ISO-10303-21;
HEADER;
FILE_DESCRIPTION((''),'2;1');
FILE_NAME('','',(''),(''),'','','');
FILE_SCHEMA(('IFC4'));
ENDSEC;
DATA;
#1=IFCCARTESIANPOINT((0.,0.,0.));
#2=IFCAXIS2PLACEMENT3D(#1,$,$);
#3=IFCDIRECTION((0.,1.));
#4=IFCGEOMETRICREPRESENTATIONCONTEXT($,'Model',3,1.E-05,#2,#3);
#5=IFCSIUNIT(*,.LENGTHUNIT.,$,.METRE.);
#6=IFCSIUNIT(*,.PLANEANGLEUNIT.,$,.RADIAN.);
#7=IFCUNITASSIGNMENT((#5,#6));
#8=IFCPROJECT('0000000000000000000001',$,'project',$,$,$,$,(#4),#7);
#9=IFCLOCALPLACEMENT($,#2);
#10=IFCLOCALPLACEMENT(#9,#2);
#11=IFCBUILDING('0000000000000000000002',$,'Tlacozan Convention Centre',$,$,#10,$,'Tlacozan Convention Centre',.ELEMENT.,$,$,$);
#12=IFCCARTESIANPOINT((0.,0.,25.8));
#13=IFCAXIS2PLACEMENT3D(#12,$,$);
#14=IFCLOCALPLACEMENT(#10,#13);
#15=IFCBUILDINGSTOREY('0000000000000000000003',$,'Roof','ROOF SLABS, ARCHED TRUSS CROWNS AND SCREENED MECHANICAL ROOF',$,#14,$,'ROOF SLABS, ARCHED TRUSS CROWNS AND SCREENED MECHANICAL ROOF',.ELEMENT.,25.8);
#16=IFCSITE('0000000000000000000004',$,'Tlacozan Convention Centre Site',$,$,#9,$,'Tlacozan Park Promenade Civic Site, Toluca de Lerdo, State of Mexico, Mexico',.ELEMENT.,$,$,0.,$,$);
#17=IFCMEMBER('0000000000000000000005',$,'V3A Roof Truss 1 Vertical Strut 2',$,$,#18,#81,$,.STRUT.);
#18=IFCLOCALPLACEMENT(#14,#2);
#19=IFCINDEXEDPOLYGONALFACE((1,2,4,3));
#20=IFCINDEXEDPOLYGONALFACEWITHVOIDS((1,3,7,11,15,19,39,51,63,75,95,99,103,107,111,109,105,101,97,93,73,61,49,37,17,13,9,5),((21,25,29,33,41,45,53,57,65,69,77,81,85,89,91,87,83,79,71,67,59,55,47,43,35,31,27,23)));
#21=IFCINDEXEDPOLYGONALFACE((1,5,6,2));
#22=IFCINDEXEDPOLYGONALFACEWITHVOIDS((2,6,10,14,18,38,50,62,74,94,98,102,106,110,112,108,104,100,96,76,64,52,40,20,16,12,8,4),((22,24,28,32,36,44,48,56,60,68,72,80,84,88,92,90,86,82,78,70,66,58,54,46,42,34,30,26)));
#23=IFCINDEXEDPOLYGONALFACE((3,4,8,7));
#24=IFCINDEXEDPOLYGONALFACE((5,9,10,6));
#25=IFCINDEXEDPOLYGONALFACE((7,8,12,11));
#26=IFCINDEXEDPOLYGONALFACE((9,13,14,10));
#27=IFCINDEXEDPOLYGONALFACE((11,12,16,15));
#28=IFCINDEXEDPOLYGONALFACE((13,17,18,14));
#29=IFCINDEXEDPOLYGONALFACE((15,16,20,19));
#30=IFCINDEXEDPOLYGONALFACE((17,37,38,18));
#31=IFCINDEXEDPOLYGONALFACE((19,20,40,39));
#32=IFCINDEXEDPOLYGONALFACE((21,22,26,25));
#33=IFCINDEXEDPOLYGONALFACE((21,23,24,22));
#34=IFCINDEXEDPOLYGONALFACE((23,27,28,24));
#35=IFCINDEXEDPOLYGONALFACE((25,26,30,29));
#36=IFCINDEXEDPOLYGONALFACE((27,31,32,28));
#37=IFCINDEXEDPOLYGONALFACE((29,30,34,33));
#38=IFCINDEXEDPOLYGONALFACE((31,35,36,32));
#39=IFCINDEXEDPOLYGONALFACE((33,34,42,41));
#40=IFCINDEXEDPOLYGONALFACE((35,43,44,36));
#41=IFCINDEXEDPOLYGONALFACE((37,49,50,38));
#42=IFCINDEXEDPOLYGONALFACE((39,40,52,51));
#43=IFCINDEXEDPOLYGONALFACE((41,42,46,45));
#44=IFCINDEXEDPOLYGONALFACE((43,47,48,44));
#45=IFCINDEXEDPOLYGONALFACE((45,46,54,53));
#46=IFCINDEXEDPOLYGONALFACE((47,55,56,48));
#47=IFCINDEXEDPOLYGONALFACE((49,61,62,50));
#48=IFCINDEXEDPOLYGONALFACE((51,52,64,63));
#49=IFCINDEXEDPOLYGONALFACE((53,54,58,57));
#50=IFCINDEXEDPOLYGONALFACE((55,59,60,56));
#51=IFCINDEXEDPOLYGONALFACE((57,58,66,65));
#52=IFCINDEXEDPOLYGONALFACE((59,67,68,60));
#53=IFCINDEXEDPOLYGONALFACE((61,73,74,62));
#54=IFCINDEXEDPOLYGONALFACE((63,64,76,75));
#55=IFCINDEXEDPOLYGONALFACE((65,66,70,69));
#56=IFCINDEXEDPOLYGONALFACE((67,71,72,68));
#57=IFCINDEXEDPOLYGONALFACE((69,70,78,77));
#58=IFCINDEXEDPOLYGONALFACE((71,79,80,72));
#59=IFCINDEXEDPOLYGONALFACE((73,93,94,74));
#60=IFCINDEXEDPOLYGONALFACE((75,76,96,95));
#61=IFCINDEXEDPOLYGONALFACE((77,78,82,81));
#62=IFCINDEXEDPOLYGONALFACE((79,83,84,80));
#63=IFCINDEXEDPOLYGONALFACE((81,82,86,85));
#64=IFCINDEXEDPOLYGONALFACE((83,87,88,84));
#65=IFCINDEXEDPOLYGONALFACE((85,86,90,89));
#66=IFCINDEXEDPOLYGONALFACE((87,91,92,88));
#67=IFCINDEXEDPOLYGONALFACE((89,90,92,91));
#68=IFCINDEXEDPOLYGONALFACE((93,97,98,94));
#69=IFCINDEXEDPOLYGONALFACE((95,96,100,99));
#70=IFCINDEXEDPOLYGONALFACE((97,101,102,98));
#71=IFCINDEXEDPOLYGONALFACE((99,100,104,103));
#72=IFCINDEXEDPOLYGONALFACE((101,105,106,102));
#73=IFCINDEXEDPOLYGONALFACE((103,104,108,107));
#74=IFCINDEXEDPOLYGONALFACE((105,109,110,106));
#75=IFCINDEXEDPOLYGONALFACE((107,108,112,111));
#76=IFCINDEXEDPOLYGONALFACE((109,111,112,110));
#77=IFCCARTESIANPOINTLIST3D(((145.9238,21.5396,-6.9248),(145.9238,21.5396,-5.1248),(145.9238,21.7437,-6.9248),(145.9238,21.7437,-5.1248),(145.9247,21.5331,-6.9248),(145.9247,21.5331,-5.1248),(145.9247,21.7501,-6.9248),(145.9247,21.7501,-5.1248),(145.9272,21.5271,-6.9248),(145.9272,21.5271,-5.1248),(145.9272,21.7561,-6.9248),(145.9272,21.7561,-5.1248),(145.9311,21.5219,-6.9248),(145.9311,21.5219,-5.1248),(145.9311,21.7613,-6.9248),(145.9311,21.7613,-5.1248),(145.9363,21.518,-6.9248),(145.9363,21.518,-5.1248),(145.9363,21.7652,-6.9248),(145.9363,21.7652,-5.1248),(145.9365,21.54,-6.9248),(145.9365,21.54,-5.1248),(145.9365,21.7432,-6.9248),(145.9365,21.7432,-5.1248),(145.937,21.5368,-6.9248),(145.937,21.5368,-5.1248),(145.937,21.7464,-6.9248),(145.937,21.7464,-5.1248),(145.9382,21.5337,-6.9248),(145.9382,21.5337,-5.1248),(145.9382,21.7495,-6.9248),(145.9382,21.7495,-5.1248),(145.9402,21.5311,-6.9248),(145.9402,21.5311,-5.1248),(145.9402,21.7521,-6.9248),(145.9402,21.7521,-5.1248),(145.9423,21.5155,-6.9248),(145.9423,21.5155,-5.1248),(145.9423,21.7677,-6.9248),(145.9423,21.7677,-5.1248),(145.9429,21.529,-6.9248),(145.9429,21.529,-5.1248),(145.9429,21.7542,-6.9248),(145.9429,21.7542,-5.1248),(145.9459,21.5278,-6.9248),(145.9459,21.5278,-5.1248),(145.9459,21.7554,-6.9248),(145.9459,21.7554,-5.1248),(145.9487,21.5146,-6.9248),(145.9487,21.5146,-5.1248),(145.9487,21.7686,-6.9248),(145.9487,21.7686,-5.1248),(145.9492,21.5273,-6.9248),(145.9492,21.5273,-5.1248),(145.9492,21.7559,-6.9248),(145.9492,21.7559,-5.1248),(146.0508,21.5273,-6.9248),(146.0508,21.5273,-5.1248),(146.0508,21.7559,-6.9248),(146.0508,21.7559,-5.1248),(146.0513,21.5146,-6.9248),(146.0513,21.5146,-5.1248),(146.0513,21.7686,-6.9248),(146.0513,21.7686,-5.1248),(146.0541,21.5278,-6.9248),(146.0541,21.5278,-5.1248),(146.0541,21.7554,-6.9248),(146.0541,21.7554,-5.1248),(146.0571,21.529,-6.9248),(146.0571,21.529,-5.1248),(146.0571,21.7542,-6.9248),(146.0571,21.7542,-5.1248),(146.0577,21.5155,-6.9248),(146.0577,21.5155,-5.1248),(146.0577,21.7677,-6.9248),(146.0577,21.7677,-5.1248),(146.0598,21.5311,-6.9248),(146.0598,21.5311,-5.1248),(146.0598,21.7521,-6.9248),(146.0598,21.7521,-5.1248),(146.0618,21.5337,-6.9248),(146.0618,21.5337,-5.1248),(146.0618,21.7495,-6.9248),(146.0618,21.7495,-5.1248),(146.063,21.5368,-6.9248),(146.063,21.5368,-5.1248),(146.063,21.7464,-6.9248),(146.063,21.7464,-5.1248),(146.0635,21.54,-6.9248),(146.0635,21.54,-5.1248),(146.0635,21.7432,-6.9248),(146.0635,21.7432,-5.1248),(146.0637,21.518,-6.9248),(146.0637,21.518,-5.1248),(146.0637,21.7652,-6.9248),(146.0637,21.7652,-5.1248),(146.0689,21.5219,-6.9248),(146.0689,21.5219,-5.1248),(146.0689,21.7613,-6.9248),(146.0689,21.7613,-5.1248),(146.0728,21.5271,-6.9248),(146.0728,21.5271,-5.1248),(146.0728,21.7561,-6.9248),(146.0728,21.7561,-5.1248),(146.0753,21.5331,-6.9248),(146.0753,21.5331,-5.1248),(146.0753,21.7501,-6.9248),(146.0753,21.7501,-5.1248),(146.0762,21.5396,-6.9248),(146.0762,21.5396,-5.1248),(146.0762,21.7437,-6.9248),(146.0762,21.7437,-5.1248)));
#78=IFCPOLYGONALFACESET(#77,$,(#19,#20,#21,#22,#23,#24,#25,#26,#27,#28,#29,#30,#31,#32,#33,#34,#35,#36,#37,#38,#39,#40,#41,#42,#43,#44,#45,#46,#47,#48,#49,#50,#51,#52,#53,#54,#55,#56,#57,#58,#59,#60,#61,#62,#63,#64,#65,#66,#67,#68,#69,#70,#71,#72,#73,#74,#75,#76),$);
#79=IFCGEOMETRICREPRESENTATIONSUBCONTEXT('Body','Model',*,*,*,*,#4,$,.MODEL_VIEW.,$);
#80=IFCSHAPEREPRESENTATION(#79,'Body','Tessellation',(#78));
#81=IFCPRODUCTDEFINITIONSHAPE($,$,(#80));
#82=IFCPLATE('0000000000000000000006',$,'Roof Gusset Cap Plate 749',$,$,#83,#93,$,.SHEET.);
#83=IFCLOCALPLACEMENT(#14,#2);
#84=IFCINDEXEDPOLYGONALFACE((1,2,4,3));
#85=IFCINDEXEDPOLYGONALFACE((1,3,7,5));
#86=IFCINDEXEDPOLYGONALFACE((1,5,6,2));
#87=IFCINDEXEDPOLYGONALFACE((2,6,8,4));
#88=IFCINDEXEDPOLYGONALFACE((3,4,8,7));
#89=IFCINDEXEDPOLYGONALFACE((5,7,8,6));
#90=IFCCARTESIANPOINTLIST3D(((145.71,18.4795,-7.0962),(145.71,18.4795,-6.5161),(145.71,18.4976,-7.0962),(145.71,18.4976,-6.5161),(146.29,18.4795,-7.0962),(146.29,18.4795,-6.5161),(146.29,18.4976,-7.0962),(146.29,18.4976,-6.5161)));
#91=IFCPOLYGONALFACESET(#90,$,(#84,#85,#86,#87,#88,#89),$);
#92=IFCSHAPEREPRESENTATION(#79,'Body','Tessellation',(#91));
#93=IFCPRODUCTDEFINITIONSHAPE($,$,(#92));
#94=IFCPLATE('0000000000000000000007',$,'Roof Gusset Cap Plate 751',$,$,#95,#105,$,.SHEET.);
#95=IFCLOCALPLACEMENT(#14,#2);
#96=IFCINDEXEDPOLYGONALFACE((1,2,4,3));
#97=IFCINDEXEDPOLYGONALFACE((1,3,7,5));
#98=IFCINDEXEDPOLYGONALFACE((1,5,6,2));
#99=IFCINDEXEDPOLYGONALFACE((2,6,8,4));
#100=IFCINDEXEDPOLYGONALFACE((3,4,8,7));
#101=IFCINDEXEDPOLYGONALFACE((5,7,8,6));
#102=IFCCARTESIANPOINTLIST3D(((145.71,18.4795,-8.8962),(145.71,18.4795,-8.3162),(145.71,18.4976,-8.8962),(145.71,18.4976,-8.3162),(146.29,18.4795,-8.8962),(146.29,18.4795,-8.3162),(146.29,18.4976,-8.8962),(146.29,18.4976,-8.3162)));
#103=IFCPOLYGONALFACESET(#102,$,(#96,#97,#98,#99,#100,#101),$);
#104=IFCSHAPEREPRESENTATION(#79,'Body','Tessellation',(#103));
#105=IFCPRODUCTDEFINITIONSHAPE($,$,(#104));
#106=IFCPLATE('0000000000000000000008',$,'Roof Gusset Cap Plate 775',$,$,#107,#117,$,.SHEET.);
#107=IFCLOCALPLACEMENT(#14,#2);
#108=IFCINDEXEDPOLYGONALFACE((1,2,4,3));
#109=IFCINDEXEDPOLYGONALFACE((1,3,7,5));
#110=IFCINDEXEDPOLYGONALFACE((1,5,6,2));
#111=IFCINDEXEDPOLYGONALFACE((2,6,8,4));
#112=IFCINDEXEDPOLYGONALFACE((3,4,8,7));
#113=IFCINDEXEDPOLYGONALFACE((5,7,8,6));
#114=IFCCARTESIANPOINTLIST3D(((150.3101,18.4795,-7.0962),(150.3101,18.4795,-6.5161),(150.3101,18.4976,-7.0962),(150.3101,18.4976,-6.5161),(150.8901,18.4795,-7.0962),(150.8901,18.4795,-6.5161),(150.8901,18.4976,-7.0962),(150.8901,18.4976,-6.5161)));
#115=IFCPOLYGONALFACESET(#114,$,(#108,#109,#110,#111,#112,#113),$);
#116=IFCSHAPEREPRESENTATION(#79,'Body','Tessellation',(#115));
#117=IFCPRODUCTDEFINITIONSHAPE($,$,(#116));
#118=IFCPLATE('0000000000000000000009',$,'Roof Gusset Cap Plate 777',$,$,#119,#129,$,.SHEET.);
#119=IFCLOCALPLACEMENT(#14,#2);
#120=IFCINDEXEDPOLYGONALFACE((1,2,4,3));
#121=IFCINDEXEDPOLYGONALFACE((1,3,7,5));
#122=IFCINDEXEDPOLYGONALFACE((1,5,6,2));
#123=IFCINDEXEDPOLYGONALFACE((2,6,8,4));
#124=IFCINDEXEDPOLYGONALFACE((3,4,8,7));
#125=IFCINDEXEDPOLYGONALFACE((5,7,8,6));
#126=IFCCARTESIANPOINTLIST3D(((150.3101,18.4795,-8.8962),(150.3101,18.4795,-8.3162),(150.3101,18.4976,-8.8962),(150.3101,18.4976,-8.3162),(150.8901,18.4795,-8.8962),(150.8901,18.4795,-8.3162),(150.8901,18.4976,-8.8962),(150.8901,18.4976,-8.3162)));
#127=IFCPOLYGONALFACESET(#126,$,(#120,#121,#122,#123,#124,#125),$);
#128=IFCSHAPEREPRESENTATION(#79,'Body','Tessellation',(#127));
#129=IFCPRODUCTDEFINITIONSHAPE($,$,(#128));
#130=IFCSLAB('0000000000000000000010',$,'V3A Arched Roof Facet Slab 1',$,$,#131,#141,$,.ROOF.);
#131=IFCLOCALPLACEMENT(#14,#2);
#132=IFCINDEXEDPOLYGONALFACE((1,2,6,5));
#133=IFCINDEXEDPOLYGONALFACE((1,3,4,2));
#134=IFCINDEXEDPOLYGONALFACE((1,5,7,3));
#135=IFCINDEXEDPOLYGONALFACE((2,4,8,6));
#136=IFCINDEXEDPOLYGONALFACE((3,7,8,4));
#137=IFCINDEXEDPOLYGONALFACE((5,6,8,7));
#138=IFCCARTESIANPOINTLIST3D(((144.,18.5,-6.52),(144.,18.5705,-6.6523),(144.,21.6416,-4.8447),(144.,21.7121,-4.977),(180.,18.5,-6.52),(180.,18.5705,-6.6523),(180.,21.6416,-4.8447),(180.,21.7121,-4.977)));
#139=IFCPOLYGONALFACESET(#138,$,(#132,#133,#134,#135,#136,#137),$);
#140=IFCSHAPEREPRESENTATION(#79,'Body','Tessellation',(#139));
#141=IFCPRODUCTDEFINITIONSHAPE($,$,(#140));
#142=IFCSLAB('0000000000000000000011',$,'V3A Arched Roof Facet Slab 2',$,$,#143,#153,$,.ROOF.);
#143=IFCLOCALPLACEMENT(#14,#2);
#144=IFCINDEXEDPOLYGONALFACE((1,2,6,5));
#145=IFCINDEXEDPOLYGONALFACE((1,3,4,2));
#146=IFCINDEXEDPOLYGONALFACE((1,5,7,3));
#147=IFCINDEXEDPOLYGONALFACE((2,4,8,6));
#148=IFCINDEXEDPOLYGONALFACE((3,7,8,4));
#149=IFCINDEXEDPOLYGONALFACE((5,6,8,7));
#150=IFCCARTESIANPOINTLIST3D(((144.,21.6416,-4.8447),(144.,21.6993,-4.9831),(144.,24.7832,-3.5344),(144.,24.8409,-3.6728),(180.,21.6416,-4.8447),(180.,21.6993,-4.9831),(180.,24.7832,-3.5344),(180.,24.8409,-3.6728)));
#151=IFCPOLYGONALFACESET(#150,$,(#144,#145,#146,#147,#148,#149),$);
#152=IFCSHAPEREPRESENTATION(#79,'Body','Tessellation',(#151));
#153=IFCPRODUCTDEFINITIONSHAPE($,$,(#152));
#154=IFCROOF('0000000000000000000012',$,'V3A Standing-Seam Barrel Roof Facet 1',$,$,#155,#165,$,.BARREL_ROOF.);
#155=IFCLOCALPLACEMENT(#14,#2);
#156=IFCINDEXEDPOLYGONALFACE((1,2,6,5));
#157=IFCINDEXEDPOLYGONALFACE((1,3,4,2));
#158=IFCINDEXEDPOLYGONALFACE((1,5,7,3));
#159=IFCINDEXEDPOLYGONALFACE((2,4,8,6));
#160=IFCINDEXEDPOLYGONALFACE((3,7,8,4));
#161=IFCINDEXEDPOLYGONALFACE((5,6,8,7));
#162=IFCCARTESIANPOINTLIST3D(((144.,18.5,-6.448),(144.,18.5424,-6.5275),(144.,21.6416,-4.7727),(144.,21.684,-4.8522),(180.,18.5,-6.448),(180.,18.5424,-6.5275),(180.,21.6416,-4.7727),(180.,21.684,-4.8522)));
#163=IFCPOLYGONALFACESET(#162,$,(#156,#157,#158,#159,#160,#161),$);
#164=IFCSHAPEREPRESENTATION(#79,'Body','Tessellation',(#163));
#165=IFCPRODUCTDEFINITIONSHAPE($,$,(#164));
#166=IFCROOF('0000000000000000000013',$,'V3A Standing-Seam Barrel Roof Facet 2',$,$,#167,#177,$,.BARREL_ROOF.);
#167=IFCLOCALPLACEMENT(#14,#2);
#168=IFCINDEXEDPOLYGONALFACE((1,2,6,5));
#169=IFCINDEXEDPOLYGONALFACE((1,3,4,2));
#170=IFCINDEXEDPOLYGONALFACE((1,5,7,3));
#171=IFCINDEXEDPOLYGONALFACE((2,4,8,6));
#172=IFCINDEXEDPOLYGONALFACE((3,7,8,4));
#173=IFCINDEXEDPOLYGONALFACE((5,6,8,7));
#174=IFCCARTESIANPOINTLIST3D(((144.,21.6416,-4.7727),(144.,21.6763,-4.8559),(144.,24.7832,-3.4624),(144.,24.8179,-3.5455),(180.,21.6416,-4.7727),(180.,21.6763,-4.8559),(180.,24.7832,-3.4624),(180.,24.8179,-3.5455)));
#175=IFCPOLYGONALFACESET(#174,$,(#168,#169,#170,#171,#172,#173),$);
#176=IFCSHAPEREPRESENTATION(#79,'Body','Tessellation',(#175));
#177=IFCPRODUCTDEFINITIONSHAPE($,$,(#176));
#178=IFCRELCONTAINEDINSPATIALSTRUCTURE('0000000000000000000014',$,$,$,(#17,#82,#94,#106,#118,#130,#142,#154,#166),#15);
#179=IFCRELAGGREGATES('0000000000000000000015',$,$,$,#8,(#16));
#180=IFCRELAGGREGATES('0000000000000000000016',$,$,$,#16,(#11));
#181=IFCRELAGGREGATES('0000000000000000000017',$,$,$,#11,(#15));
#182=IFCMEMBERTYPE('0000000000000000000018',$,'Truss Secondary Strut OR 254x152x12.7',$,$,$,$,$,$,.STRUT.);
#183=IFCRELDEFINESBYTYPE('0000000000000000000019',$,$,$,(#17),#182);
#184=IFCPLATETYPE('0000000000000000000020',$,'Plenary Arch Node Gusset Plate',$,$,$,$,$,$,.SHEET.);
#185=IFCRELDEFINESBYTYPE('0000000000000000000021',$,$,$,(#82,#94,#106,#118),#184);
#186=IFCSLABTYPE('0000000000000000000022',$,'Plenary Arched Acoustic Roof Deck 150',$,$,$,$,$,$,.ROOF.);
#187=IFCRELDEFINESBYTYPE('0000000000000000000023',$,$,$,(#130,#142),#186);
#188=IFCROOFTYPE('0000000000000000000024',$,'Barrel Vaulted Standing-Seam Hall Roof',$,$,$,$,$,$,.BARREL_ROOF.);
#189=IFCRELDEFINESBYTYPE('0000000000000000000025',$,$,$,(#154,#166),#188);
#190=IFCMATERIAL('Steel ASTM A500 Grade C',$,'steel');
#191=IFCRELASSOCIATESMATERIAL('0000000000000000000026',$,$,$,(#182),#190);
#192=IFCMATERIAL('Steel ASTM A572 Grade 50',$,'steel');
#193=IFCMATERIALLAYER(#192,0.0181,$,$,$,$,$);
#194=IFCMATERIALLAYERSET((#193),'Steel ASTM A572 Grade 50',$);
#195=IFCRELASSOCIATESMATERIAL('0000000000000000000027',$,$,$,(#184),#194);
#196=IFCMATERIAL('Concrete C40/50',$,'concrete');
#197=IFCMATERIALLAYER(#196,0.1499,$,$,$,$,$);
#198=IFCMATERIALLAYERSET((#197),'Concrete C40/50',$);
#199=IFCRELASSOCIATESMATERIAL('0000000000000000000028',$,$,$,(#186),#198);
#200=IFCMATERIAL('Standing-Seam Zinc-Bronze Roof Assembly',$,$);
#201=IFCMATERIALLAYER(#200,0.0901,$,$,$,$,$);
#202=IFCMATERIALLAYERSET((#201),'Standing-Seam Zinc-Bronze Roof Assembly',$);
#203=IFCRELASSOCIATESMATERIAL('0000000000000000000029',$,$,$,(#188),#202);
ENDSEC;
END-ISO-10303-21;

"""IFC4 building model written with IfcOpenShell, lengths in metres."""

from ifc_helpers import new_model, si_unit, direction, frame, origin, origin_2d, place, context, subcontext, project, spatial, polyline, rectangle, hollow_rectangle, outline, extrude, material, layer, layer_set, material_profile, profile_set, type_object, element, save


model = new_model("IFC4")

# Units and contexts
model_context = context("Model", 3, precision=1e-05, world=origin(), true_north=direction((0.0, 1.0)))
body_context = subcontext(model_context, "Body", "Model", "MODEL_VIEW")
ifc_project = project(units=[si_unit("LENGTHUNIT", "METRE"), si_unit("PLANEANGLEUNIT", "RADIAN")], contexts=[model_context])

# Site, building, storey
site_placement = place(None, origin())
site = spatial("IfcSite", under=ifc_project, at=site_placement, Name="Tlacozan Convention Centre Site", LongName="Tlacozan Park Promenade Civic Site, Toluca de Lerdo, State of Mexico, Mexico", CompositionType="ELEMENT", RefElevation=0.0)
building_placement = place(site_placement, origin())
building = spatial("IfcBuilding", under=site, at=building_placement, Name="Tlacozan Convention Centre", LongName="Tlacozan Convention Centre", CompositionType="ELEMENT")
storey_placement = place(building_placement, frame((0.0, 0.0, 25.8)))
storey = spatial("IfcBuildingStorey", under=building, at=storey_placement, Name="Roof", Description="ROOF SLABS, ARCHED TRUSS CROWNS AND SCREENED MECHANICAL ROOF", LongName="ROOF SLABS, ARCHED TRUSS CROWNS AND SCREENED MECHANICAL ROOF", CompositionType="ELEMENT", Elevation=25.8)

# Member
ifc_material_1 = material(Name="Steel ASTM A500 Grade C", Category="steel")
ifc_material_profile_1 = material_profile(ifc_material_1, hollow_rectangle(XDim=0.1523, YDim=0.2539, WallThickness=0.0127, InnerFilletRadius=0.0127, OuterFilletRadius=0.0249, at=origin_2d()), Name="OR 254x152x12.7")
ifc_profile_set_1 = profile_set([ifc_material_profile_1], Name="Steel ASTM A500 Grade C")
member_type_1 = type_object("IfcMemberType", Name="Truss Secondary Strut OR 254x152x12.7", PredefinedType="STRUT", material=ifc_profile_set_1)
member_1_placement = place(storey_placement, frame((146.0, 21.6416, -6.9248), z_axis=(0.0, 0.0, 1.0), x_axis=(1.0, 0.0, 0.0)))
element("IfcMember", 1, at=member_1_placement, inside=storey, type_object=member_type_1, Name="V3A Roof Truss 1 Vertical Strut 2", PredefinedType="STRUT", context=body_context, shape_type="SweptSolid", body=[
    extrude(hollow_rectangle(XDim=0.1523, YDim=0.2539, WallThickness=0.0127, InnerFilletRadius=0.0127, OuterFilletRadius=0.0249, at=origin_2d()), origin(), (0.0, 0.0, 1.0), 1.8),
])

# Plates
ifc_material_2 = material(Name="Steel ASTM A572 Grade 50", Category="steel")
ifc_layer_1 = layer(ifc_material_2, 0.0181)
ifc_layer_set_1 = layer_set([ifc_layer_1], Name="Steel ASTM A572 Grade 50")
plate_type = type_object("IfcPlateType", Name="Plenary Arch Node Gusset Plate", PredefinedType="SHEET", material=ifc_layer_set_1)
for number, where, z_axis, x_axis, name in (
    (2, (146.0, 18.4885, -7.0962), (0.0, 0.0, 1.0), (0.0, 1.0, 0.0), "Roof Gusset Cap Plate 749"),
    (3, (146.0, 18.4885, -8.8962), (0.0, 0.0, 1.0), (0.0, 1.0, 0.0), "Roof Gusset Cap Plate 751"),
    (4, (150.6001, 18.4885, -7.0962), (0.0, 0.0, 1.0), (0.0, 1.0, 0.0), "Roof Gusset Cap Plate 775"),
    (5, (150.6001, 18.4885, -8.8962), (0.0, 0.0, 1.0), (0.0, 1.0, 0.0), "Roof Gusset Cap Plate 777"),
):
    element("IfcPlate", number, at=place(storey_placement, frame(where, z_axis=z_axis, x_axis=x_axis)), inside=storey, type_object=plate_type, Name=name, PredefinedType="SHEET", context=body_context, shape_type="SweptSolid", body=[
        extrude(rectangle(XDim=0.0181, YDim=0.5801, at=origin_2d()), origin(), (0.0, 0.0, 1.0), 0.5801),
    ])

# Slabs
ifc_material_3 = material(Name="Concrete C40/50", Category="concrete")
ifc_layer_2 = layer(ifc_material_3, 0.1499)
ifc_layer_set_2 = layer_set([ifc_layer_2], Name="Concrete C40/50")
slab_type = type_object("IfcSlabType", Name="Plenary Arched Acoustic Roof Deck 150", PredefinedType="ROOF", material=ifc_layer_set_2)
slab_1_placement = place(storey_placement, frame((144.0, 18.5, -6.52), z_axis=(0.0, -0.470538, 0.88238), x_axis=(1.0, 0.0, 0.0)))
element("IfcSlab", 6, at=slab_1_placement, inside=storey, type_object=slab_type, Name="V3A Arched Roof Facet Slab 1", PredefinedType="ROOF", context=body_context, shape_type="SweptSolid", body=[
    extrude(outline(polyline([(0.0, 0.0), (36.0, 0.0), (36.0, 3.5604), (0.0, 3.5604), (0.0, 0.0)])), origin(), (0.0, 0.0, -1.0), 0.1499),
])
slab_2_placement = place(storey_placement, frame((144.0, 21.6416, -4.8447), z_axis=(0.0, -0.384941, 0.922941), x_axis=(1.0, 0.0, 0.0)))
element("IfcSlab", 7, at=slab_2_placement, inside=storey, type_object=slab_type, Name="V3A Arched Roof Facet Slab 2", PredefinedType="ROOF", context=body_context, shape_type="SweptSolid", body=[
    extrude(outline(polyline([(0.0, 0.0), (36.0, 0.0), (36.0, 3.4039), (0.0, 3.4039), (0.0, 0.0)])), origin(), (0.0, 0.0, -1.0), 0.1499),
])

# Roofs
ifc_material_4 = material(Name="Standing-Seam Zinc-Bronze Roof Assembly")
ifc_layer_3 = layer(ifc_material_4, 0.0901)
ifc_layer_set_3 = layer_set([ifc_layer_3], Name="Standing-Seam Zinc-Bronze Roof Assembly")
roof_type = type_object("IfcRoofType", Name="Barrel Vaulted Standing-Seam Hall Roof", PredefinedType="BARREL_ROOF", material=ifc_layer_set_3)
roof_1_placement = place(storey_placement, frame((144.0, 18.5, -6.448), z_axis=(0.0, -0.470538, 0.88238), x_axis=(1.0, 0.0, 0.0)))
element("IfcRoof", 8, at=roof_1_placement, inside=storey, type_object=roof_type, Name="V3A Standing-Seam Barrel Roof Facet 1", PredefinedType="BARREL_ROOF", context=body_context, shape_type="SweptSolid", body=[
    extrude(outline(polyline([(0.0, 0.0), (36.0, 0.0), (36.0, 3.5604), (0.0, 3.5604), (0.0, 0.0)])), origin(), (0.0, 0.0, -1.0), 0.0901),
])
roof_2_placement = place(storey_placement, frame((144.0, 21.6416, -4.7727), z_axis=(0.0, -0.384941, 0.922941), x_axis=(1.0, 0.0, 0.0)))
element("IfcRoof", 9, at=roof_2_placement, inside=storey, type_object=roof_type, Name="V3A Standing-Seam Barrel Roof Facet 2", PredefinedType="BARREL_ROOF", context=body_context, shape_type="SweptSolid", body=[
    extrude(outline(polyline([(0.0, 0.0), (36.0, 0.0), (36.0, 3.4039), (0.0, 3.4039), (0.0, 0.0)])), origin(), (0.0, 0.0, -1.0), 0.0901),
])

save(model, "model.ifc")
